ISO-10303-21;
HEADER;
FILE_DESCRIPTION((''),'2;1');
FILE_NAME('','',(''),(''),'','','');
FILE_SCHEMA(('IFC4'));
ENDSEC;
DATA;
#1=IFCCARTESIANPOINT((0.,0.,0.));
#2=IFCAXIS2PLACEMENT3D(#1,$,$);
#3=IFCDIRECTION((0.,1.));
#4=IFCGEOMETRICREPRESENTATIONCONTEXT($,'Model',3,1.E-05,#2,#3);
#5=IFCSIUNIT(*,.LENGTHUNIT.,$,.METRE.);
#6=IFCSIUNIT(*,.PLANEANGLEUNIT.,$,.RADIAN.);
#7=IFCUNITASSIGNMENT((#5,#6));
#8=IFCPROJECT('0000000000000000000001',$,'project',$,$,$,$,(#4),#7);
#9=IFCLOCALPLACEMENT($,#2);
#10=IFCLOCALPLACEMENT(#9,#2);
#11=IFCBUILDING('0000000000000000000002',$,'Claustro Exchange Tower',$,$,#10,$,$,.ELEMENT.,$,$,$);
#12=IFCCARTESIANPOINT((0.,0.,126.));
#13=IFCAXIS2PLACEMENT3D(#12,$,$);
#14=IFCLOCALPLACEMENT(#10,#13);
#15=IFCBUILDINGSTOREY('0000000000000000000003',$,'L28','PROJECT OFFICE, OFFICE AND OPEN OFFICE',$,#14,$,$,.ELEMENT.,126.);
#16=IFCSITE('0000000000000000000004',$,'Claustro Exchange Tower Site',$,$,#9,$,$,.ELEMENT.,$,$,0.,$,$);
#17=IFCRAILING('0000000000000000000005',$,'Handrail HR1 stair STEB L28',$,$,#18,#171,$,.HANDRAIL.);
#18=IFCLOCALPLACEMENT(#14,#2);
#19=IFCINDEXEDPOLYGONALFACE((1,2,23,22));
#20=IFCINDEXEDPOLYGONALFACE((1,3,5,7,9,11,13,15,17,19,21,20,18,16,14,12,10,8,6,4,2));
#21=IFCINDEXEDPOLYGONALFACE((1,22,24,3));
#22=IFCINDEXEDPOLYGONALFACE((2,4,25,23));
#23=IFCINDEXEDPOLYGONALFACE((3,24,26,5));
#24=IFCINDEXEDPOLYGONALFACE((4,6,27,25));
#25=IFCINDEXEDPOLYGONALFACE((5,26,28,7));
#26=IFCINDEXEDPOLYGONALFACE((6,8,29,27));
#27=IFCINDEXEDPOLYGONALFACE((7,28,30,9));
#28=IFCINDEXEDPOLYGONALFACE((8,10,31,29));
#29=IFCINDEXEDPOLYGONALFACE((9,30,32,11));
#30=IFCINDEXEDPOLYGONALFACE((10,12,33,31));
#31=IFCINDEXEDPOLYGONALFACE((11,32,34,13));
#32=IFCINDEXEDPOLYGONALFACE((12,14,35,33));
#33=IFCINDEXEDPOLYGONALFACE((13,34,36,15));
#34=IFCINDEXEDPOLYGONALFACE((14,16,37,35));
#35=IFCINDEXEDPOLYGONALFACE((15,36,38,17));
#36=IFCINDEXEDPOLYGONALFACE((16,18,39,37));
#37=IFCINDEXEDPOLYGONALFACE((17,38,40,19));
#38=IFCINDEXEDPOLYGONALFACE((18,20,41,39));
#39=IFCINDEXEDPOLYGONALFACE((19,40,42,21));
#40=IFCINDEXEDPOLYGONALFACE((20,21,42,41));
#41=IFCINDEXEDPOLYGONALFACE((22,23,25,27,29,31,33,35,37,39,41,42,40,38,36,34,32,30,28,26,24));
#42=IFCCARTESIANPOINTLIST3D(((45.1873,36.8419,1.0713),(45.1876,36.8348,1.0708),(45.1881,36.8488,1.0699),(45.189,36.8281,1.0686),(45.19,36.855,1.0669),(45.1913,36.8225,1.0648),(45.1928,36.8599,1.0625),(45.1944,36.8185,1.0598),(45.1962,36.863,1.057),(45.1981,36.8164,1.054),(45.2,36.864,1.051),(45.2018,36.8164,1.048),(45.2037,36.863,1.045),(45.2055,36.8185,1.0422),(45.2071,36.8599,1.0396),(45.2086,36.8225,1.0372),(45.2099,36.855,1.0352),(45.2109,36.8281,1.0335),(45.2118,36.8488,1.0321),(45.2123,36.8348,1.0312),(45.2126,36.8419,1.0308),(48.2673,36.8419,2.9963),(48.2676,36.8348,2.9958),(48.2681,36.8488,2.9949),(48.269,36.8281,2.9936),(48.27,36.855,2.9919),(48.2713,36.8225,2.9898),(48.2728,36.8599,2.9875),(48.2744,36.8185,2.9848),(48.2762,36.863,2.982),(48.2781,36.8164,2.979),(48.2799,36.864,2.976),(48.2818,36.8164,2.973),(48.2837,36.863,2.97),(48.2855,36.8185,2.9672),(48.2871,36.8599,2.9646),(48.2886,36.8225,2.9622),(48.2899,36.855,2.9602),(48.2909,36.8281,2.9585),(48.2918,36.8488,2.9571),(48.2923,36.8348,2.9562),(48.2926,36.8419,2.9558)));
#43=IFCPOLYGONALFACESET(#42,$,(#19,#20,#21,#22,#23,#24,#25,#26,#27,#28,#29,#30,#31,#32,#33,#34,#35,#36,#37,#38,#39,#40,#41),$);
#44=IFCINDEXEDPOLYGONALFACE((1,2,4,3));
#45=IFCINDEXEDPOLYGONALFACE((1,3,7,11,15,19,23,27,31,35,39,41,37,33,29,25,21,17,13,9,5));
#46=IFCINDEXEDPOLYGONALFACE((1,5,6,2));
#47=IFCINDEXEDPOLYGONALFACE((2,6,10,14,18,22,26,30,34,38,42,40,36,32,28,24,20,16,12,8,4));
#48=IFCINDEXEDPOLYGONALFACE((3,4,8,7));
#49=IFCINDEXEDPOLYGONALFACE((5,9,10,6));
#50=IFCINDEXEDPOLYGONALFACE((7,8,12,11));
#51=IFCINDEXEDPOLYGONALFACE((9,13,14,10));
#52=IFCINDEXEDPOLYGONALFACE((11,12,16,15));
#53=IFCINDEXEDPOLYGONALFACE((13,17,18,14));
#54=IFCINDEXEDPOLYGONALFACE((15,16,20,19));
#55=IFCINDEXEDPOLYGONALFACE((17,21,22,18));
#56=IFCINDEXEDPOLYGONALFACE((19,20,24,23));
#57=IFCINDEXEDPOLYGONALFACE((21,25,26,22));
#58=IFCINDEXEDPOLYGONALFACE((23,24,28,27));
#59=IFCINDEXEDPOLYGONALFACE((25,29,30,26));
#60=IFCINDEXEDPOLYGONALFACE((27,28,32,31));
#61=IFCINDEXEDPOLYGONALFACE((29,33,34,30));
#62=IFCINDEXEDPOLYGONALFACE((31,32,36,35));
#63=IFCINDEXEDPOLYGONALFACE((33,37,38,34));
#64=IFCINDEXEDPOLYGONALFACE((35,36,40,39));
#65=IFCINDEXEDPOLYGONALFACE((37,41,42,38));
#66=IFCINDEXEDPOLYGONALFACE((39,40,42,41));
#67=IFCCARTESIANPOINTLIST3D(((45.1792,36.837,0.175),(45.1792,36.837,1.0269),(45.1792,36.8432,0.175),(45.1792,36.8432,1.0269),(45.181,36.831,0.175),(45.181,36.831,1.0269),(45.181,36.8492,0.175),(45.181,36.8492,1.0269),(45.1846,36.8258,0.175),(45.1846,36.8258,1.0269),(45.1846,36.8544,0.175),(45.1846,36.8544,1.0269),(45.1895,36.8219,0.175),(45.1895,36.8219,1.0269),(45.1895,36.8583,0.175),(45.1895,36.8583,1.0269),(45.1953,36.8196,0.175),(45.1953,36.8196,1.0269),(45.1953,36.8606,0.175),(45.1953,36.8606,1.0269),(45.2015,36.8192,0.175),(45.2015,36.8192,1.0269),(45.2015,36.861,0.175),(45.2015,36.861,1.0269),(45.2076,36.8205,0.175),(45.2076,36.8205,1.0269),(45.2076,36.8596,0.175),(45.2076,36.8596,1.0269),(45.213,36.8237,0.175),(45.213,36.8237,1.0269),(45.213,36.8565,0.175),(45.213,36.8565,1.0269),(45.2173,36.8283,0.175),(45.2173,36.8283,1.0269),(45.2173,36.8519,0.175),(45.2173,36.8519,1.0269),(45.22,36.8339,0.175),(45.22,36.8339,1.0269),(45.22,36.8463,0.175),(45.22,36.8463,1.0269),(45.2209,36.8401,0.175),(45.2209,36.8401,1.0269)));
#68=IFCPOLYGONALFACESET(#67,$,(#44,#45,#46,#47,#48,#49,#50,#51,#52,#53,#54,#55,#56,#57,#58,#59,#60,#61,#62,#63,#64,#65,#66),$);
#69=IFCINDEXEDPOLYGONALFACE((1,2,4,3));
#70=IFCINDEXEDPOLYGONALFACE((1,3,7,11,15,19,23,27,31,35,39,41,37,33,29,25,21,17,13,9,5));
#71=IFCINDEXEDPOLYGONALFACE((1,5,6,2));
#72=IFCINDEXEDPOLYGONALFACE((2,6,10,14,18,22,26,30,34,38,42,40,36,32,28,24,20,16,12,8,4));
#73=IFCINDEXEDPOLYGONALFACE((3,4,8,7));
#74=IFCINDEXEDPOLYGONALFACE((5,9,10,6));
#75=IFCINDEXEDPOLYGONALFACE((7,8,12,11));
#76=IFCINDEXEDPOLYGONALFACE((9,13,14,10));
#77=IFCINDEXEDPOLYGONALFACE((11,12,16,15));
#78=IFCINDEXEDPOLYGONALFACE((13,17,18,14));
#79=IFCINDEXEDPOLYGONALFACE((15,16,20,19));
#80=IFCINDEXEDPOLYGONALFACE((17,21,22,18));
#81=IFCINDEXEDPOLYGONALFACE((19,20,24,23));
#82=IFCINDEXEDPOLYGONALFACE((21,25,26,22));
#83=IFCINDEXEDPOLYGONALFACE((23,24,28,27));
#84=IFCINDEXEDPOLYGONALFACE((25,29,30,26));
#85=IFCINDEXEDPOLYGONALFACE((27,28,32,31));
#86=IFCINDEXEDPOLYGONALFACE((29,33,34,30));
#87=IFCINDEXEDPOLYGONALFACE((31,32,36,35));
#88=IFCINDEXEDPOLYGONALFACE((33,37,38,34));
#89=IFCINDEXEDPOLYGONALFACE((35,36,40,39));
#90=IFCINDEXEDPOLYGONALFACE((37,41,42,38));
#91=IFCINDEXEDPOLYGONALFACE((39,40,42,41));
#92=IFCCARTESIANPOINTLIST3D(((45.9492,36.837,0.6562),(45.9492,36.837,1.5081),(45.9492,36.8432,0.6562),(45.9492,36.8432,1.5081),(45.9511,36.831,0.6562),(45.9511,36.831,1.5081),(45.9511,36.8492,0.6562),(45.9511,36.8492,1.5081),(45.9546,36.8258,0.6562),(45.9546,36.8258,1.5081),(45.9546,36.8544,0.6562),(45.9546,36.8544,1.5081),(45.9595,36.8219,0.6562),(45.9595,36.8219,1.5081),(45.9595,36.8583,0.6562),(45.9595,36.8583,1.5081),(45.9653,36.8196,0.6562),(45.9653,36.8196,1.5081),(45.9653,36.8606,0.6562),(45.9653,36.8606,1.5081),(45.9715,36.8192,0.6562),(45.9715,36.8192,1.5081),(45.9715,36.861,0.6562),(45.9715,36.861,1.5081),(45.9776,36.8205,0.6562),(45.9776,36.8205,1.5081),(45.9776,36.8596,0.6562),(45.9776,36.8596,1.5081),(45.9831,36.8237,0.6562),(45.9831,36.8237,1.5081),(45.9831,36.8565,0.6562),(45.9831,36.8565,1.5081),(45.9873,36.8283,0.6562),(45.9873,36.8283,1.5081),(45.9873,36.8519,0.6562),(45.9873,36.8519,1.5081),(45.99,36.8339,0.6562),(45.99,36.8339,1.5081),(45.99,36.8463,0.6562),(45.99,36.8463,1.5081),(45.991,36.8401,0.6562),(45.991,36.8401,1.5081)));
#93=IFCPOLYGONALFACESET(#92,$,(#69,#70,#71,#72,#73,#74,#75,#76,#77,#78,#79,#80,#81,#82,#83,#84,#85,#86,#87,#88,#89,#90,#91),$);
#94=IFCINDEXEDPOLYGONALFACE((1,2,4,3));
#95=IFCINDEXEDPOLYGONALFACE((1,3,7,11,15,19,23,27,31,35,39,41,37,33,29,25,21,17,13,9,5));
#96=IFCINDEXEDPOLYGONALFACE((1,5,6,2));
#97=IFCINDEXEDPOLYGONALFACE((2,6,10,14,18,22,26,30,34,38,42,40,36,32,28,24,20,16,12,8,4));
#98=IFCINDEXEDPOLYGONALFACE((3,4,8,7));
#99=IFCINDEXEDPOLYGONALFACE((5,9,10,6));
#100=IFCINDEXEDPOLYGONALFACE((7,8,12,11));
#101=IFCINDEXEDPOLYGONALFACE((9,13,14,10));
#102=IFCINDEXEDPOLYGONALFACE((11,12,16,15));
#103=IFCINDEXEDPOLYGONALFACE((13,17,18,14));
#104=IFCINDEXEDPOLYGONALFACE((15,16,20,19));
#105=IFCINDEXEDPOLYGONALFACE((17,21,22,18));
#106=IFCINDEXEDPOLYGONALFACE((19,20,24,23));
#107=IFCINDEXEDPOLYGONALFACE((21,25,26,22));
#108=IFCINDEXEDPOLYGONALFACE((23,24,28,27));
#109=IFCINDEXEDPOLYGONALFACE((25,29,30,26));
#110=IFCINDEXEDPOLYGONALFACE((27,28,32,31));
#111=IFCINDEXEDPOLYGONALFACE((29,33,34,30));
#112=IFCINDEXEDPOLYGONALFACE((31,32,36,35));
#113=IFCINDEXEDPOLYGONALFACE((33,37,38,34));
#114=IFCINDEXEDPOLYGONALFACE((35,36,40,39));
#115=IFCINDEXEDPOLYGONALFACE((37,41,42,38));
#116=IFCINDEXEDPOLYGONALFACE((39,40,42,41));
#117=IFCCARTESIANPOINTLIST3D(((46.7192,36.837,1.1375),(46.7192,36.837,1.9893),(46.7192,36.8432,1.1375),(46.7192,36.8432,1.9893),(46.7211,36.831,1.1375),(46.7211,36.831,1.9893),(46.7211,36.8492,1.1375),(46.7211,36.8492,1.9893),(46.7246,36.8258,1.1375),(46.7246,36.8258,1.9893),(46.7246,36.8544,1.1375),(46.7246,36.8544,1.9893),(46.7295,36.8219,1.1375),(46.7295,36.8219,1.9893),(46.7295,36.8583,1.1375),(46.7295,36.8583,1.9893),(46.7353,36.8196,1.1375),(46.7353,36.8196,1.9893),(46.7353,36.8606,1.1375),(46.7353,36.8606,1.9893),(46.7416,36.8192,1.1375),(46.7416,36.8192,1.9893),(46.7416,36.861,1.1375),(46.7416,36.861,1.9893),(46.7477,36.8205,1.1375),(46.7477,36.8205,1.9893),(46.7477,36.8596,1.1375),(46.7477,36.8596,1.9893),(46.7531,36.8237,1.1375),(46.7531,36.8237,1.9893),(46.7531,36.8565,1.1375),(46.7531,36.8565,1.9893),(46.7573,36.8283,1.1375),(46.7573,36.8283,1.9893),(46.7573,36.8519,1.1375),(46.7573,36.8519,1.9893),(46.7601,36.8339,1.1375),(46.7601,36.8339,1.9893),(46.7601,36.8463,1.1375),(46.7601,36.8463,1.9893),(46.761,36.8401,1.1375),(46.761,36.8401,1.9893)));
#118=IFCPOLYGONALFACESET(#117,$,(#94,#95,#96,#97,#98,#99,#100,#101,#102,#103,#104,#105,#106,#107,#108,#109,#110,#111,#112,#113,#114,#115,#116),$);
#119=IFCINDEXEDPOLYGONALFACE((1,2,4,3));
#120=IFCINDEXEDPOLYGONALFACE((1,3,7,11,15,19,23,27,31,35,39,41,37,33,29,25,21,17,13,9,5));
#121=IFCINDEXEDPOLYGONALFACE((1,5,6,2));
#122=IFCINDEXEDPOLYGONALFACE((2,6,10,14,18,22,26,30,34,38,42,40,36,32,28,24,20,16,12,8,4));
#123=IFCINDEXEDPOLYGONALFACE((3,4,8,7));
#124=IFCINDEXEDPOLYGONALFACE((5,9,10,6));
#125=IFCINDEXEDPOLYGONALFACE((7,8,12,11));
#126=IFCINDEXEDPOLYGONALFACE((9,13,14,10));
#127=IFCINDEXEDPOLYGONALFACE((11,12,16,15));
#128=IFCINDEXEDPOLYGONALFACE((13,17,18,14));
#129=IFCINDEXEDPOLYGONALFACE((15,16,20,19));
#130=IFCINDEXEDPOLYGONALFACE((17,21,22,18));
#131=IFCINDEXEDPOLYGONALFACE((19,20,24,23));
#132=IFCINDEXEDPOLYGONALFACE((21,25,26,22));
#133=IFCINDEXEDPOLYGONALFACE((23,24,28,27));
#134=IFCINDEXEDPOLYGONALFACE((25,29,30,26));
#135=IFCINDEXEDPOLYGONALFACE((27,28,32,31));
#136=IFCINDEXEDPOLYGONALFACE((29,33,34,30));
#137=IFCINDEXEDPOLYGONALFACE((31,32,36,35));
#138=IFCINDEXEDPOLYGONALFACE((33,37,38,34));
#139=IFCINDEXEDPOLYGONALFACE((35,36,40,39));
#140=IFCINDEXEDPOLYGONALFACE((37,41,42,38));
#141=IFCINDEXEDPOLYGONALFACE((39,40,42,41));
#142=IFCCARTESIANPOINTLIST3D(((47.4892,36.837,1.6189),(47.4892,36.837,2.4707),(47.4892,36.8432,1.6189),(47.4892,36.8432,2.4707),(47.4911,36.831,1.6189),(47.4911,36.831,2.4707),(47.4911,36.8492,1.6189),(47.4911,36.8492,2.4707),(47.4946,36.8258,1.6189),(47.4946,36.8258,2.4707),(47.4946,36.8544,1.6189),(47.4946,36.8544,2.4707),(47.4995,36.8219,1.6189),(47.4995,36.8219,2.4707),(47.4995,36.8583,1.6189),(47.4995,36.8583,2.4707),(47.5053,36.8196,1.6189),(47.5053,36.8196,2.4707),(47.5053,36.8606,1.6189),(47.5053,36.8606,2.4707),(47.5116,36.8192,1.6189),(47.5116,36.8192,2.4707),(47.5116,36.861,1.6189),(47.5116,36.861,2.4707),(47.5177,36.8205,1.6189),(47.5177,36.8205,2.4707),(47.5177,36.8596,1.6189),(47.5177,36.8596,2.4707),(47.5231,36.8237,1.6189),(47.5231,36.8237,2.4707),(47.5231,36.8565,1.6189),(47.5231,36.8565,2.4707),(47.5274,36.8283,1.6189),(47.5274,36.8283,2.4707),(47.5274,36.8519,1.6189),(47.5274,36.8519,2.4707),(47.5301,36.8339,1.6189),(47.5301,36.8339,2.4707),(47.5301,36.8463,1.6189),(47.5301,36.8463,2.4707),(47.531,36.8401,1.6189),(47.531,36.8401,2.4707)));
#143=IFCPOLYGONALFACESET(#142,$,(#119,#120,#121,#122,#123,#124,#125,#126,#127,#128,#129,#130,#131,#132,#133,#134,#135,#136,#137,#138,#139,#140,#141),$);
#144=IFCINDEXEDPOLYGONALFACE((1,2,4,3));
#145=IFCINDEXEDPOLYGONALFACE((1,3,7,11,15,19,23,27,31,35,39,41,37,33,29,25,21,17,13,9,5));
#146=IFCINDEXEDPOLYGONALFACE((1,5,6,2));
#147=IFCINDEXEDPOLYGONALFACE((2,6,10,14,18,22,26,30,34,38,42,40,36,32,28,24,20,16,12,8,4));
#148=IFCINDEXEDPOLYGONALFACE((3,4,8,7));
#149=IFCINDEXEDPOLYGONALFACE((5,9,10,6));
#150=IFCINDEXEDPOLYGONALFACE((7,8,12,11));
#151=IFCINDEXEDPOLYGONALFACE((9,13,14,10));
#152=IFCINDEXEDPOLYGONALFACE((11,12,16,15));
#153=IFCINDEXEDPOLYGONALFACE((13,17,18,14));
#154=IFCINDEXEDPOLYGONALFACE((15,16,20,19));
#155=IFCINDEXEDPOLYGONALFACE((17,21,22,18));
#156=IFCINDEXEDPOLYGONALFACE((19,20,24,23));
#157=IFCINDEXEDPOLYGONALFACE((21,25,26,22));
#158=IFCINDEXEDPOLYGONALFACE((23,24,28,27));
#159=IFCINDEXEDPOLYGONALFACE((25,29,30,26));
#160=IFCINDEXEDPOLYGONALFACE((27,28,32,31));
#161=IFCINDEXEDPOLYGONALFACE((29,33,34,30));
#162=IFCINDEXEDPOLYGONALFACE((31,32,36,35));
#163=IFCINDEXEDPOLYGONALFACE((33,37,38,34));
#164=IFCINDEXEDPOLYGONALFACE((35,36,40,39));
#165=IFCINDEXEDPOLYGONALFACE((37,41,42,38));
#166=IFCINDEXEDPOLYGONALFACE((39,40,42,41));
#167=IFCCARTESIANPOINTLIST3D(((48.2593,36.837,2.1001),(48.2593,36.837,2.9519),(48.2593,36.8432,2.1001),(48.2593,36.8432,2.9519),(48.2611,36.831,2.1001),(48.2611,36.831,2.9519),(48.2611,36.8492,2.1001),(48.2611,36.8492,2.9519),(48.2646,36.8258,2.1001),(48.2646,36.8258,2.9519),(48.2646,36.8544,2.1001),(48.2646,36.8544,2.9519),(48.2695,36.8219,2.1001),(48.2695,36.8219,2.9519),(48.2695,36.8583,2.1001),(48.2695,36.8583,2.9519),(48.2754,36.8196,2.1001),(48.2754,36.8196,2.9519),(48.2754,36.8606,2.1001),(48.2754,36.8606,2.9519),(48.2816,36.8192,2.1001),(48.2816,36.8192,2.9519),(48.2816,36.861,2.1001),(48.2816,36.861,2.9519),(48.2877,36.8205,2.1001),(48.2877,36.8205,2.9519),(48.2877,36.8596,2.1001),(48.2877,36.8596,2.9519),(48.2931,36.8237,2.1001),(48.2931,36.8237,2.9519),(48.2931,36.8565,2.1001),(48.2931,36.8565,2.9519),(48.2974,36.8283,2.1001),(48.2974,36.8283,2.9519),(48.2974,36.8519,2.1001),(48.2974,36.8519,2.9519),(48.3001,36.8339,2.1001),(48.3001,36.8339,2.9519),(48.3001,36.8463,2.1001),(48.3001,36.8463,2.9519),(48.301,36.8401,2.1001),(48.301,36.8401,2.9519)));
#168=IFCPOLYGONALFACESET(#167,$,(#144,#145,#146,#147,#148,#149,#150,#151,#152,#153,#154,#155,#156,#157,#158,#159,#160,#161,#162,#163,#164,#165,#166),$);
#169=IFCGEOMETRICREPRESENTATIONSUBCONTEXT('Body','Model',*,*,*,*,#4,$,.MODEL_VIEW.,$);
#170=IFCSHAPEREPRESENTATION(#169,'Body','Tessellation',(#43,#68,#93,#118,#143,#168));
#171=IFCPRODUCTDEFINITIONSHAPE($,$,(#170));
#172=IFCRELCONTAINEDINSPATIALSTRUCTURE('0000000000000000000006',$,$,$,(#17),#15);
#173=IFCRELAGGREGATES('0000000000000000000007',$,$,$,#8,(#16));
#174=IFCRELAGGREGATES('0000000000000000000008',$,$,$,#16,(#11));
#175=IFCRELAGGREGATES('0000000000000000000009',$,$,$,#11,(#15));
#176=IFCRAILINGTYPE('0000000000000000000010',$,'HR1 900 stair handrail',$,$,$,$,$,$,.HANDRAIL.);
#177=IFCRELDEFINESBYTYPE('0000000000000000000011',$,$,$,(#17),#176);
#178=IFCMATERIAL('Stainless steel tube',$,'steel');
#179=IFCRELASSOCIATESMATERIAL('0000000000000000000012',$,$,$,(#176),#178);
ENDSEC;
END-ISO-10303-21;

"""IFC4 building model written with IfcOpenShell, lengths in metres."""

from ifc_helpers import new_model, si_unit, direction, frame, origin, origin_2d, place, context, subcontext, project, spatial, circle, extrude, material, type_object, element, save


model = new_model("IFC4")

# Units and contexts
model_context = context("Model", 3, precision=1e-05, world=origin(), true_north=direction((0.0, 1.0)))
body_context = subcontext(model_context, "Body", "Model", "MODEL_VIEW")
ifc_project = project(units=[si_unit("LENGTHUNIT", "METRE"), si_unit("PLANEANGLEUNIT", "RADIAN")], contexts=[model_context])

# Site, building, storey
site_placement = place(None, origin())
site = spatial("IfcSite", under=ifc_project, at=site_placement, Name="Claustro Exchange Tower Site", CompositionType="ELEMENT", RefElevation=0.0)
building_placement = place(site_placement, origin())
building = spatial("IfcBuilding", under=site, at=building_placement, Name="Claustro Exchange Tower", CompositionType="ELEMENT")
storey_placement = place(building_placement, frame((0.0, 0.0, 126.0)))
storey = spatial("IfcBuildingStorey", under=building, at=storey_placement, Name="L28", Description="PROJECT OFFICE, OFFICE AND OPEN OFFICE", CompositionType="ELEMENT", Elevation=126.0)

# Railing
ifc_material_1 = material(Name="Stainless steel tube", Category="steel")
railing_type_1 = type_object("IfcRailingType", Name="HR1 900 stair handrail", PredefinedType="HANDRAIL", material=ifc_material_1)
railing_1_placement = place(storey_placement, frame((45.2, 36.8401, 0.175)))
element("IfcRailing", 1, at=railing_1_placement, inside=storey, type_object=railing_type_1, Name="Handrail HR1 stair STEB L28", PredefinedType="HANDRAIL", context=body_context, shape_type="SweptSolid", body=[
    extrude(circle(Radius=0.0239, at=origin_2d()), frame((0.0, 0.0, 0.876), z_axis=(0.847998, 0.0, 0.529999), x_axis=(0.0, 1.0, 0.0)), (0.0, 0.0, 1.0), 3.6321),
    extrude(circle(Radius=0.021, at=origin_2d()), origin(), (0.0, 0.0, 1.0), 0.8518),
    extrude(circle(Radius=0.021, at=origin_2d()), frame((0.77, 0.0, 0.4812)), (0.0, 0.0, 1.0), 0.8518),
    extrude(circle(Radius=0.021, at=origin_2d()), frame((1.54, 0.0, 0.9624)), (0.0, 0.0, 1.0), 0.8518),
    extrude(circle(Radius=0.021, at=origin_2d()), frame((2.3101, 0.0, 1.4438)), (0.0, 0.0, 1.0), 0.8518),
    extrude(circle(Radius=0.021, at=origin_2d()), frame((3.0801, 0.0, 1.925)), (0.0, 0.0, 1.0), 0.8518),
])

save(model, "model.ifc")
